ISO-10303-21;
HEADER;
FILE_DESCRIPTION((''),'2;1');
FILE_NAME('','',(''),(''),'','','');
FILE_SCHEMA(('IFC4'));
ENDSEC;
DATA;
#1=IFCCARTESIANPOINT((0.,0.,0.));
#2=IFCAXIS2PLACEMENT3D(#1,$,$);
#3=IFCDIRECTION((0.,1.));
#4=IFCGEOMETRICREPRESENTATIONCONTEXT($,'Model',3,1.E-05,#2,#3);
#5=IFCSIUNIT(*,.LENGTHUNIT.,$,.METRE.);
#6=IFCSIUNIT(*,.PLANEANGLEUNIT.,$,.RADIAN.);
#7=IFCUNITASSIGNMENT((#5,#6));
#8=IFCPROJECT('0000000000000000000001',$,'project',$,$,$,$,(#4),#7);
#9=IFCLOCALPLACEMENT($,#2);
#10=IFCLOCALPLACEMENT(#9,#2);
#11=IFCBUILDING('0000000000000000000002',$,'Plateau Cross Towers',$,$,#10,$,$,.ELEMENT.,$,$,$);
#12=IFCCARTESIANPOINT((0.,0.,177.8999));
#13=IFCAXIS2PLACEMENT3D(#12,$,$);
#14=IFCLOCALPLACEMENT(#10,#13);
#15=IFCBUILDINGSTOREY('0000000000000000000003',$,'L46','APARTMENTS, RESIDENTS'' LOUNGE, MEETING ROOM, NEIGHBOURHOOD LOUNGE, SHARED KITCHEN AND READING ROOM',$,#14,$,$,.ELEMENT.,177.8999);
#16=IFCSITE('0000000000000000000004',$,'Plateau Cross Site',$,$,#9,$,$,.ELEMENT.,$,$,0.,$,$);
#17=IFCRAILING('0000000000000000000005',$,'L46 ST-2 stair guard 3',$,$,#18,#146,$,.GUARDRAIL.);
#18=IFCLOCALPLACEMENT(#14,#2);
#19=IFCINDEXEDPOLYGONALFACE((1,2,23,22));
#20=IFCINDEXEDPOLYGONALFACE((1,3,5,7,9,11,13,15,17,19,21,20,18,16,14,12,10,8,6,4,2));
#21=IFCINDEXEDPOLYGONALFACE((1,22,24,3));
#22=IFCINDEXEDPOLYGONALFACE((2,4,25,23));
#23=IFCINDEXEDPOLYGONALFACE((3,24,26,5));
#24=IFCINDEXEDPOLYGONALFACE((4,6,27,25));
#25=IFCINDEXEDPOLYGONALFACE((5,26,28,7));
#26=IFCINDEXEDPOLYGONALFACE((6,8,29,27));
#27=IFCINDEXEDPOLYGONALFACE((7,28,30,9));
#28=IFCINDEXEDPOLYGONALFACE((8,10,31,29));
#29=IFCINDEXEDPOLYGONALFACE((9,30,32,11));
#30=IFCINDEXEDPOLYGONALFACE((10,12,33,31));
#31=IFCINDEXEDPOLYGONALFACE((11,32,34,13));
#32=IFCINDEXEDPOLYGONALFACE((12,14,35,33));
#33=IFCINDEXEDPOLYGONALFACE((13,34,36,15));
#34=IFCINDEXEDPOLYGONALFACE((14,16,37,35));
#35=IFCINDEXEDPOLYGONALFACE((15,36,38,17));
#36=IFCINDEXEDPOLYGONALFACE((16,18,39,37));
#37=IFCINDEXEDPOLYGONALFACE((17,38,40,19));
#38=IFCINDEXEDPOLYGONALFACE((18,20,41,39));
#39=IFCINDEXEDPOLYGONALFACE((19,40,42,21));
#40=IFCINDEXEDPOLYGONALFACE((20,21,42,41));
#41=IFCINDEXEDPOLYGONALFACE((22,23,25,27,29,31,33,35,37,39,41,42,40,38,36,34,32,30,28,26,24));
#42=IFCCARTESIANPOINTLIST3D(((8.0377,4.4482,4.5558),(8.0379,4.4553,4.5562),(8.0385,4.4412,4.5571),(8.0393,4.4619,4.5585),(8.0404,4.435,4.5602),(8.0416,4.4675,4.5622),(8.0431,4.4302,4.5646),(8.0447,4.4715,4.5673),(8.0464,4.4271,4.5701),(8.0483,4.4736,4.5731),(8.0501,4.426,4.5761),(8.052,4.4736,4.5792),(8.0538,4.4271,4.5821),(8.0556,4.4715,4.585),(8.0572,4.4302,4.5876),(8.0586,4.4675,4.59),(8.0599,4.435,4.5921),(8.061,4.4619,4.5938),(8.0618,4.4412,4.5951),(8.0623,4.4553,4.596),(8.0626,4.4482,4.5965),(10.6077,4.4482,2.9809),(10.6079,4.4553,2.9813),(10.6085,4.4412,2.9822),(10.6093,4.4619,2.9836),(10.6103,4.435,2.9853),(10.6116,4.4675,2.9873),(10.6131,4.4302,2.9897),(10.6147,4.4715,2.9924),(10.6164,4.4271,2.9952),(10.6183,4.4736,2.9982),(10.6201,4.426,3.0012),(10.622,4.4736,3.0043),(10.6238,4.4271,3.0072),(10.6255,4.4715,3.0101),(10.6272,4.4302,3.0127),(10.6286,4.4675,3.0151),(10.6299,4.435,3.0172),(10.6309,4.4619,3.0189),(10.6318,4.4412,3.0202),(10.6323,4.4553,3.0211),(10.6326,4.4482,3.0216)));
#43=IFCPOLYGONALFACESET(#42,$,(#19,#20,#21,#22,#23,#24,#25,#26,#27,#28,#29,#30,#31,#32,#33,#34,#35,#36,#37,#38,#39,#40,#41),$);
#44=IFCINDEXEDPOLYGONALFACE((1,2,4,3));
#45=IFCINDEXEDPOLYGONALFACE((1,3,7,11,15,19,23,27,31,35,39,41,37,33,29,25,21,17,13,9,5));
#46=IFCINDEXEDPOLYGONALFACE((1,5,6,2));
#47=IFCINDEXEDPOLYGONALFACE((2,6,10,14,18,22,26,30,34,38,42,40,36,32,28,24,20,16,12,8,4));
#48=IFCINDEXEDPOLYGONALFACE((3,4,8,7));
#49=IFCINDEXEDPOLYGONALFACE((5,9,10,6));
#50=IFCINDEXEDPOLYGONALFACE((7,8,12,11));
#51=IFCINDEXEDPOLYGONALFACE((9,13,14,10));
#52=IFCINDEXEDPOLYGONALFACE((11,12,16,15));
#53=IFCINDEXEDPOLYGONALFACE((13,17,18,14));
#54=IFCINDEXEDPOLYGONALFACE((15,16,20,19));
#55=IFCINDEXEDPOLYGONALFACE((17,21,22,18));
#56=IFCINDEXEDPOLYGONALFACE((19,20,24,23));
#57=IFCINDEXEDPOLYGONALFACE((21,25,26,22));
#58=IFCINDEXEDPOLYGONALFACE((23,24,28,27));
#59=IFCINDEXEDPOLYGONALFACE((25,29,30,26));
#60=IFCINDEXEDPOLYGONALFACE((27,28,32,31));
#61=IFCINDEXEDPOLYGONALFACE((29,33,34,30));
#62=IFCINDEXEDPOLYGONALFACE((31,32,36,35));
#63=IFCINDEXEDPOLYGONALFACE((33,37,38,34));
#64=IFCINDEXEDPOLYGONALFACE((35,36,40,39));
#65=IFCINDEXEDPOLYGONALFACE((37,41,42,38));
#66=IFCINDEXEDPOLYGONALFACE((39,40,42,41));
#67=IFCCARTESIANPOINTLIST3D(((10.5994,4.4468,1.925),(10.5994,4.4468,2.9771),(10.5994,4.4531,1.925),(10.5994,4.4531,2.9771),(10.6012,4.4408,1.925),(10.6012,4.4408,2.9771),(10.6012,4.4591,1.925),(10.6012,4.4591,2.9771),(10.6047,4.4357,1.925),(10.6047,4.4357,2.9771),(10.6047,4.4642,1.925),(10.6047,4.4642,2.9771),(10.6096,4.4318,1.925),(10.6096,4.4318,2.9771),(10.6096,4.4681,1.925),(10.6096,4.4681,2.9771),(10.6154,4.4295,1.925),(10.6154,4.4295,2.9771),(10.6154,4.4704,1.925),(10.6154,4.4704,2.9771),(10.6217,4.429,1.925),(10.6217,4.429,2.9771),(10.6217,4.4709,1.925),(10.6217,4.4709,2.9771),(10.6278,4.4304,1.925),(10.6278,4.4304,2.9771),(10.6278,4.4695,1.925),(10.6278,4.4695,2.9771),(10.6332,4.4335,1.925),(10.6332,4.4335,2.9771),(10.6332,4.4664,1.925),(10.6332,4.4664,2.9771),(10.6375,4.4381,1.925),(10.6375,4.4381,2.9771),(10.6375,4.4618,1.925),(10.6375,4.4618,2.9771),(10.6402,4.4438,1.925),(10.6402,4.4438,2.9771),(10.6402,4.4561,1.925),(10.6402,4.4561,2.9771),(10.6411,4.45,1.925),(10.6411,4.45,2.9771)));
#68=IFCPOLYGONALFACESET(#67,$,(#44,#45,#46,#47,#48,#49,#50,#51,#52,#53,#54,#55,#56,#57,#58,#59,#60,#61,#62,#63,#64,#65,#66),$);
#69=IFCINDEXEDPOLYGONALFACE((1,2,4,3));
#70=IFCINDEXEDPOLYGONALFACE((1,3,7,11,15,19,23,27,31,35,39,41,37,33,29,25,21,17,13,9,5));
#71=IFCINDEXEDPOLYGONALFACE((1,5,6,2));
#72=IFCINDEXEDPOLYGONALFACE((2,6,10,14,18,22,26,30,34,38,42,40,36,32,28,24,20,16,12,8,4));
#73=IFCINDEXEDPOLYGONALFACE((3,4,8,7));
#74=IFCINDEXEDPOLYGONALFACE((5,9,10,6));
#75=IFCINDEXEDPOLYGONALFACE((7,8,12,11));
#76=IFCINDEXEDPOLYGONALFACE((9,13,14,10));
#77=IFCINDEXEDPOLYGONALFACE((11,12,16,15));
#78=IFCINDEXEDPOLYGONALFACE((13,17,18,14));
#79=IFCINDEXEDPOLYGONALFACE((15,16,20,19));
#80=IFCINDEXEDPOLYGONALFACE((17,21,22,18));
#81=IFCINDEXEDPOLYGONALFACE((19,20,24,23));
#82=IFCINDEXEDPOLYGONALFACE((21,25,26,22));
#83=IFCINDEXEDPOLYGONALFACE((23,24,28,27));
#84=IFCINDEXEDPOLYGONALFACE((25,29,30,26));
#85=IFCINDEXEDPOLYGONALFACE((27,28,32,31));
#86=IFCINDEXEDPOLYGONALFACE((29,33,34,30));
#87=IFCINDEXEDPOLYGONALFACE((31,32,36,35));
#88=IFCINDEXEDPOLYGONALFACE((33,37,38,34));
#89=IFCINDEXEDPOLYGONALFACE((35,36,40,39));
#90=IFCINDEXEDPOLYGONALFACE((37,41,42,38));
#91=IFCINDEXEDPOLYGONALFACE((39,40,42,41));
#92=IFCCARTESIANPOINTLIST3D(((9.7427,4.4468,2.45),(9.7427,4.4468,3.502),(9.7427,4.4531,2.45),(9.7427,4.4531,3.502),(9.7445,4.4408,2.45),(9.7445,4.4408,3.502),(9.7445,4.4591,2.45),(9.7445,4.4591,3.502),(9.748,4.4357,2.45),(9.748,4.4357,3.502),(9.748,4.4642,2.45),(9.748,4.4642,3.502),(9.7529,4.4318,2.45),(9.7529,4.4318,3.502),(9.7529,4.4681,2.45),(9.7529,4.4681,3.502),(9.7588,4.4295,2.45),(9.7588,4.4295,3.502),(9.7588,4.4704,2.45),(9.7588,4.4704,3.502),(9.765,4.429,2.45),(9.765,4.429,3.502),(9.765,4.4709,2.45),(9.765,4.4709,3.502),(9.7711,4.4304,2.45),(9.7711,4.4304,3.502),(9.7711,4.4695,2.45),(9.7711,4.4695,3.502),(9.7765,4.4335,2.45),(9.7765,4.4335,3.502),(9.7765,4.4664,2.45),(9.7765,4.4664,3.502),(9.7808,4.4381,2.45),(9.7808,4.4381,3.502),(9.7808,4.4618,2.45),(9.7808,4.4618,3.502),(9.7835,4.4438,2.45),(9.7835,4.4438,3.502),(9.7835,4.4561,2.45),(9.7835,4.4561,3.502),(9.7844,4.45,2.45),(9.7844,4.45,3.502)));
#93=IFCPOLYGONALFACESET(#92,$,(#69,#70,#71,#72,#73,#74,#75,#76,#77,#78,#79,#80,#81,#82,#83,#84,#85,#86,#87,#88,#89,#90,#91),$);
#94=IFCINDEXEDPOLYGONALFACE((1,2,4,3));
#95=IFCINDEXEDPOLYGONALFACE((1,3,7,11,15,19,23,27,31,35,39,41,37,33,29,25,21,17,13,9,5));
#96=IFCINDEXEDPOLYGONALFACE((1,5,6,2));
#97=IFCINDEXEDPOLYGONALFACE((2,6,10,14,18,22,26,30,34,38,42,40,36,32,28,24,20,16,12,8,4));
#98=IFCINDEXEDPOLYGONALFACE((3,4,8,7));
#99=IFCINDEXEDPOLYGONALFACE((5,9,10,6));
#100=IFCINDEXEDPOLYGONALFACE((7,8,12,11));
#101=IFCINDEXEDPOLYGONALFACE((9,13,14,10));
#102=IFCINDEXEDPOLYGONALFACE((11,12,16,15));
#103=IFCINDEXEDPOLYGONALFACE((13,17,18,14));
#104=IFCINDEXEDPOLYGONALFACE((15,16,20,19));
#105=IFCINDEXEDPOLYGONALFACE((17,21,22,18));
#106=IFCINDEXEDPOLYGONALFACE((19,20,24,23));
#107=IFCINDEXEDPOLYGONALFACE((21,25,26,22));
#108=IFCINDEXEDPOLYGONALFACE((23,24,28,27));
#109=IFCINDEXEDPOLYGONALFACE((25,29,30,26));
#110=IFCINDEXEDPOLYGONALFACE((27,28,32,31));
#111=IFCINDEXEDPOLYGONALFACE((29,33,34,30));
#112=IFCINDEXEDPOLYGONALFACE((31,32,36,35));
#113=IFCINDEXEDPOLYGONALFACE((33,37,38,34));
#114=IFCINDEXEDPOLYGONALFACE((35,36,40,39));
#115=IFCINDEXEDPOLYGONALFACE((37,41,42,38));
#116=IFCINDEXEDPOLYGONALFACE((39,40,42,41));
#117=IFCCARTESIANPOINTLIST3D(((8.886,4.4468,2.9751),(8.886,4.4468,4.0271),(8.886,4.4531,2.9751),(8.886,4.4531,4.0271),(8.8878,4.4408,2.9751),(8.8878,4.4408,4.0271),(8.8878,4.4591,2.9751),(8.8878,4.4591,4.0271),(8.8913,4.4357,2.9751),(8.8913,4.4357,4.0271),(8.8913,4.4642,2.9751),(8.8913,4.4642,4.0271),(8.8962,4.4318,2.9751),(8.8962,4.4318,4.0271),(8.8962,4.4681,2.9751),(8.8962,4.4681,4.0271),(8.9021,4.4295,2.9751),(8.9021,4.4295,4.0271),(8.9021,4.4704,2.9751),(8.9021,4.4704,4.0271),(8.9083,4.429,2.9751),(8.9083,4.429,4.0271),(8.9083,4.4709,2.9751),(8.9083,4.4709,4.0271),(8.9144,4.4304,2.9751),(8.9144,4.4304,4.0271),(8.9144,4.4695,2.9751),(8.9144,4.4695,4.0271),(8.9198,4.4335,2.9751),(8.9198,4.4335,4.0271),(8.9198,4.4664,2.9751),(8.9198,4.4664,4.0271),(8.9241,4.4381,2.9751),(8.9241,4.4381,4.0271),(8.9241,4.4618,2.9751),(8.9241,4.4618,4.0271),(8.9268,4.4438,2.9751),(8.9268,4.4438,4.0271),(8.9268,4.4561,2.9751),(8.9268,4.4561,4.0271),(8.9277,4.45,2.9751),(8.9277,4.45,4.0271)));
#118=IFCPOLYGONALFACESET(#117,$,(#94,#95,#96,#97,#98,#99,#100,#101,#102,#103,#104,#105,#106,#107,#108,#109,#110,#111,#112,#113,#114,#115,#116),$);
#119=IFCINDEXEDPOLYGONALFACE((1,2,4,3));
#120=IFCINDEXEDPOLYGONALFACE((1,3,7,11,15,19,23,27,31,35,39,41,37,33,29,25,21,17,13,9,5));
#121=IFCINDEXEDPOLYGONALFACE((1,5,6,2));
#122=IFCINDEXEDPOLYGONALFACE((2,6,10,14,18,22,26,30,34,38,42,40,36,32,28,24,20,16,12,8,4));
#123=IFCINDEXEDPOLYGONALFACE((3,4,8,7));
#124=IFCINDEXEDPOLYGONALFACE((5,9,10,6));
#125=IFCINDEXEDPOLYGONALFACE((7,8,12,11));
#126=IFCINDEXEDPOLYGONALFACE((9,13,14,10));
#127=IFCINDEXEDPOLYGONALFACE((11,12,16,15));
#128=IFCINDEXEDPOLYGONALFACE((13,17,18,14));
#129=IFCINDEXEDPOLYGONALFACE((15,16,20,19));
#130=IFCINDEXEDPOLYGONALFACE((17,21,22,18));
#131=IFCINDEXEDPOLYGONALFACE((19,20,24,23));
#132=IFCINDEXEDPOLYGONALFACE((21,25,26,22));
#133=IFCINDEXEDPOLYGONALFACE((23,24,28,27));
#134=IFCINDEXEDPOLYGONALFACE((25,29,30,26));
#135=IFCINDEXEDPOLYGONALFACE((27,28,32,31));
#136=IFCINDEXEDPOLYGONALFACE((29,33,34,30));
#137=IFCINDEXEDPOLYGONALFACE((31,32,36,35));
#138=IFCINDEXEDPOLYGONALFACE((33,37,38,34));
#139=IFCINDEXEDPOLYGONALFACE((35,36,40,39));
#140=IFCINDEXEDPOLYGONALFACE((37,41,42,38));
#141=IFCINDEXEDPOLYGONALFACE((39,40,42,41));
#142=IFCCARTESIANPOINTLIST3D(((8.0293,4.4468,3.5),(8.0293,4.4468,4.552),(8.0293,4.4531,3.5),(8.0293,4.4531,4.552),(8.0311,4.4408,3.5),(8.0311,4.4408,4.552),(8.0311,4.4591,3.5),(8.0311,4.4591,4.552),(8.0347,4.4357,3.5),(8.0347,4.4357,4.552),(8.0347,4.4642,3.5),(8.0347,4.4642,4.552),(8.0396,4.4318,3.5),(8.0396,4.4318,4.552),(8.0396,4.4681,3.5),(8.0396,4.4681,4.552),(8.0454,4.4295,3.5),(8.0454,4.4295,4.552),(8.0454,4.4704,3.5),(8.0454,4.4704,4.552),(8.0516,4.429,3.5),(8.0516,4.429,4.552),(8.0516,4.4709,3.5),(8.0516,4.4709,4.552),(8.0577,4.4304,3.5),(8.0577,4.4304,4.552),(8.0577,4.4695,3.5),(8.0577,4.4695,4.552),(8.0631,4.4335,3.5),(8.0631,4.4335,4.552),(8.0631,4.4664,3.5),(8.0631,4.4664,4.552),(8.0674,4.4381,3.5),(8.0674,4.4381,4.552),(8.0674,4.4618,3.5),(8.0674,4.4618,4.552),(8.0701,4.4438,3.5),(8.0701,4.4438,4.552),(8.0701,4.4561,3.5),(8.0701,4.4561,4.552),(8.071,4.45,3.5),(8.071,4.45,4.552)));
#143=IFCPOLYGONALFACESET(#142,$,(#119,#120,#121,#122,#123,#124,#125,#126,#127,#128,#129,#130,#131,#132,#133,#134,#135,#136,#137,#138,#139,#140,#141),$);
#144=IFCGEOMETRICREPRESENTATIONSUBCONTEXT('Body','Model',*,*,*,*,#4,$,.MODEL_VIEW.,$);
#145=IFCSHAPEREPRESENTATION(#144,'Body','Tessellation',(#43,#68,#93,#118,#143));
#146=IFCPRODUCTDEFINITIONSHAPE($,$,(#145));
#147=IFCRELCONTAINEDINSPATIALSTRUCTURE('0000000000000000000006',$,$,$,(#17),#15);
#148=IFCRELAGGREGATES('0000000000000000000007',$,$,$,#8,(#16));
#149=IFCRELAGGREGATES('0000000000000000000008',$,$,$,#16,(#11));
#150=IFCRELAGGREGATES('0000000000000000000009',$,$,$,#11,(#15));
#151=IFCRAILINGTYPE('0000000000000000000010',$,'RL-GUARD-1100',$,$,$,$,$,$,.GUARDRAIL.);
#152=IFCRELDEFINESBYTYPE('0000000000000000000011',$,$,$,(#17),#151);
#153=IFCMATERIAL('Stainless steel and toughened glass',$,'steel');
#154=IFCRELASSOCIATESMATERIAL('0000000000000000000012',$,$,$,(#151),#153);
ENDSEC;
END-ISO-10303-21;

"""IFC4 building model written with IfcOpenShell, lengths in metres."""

from ifc_helpers import new_model, si_unit, direction, frame, origin, origin_2d, place, context, subcontext, project, spatial, circle, extrude, material, type_object, element, save


model = new_model("IFC4")

# Units and contexts
model_context = context("Model", 3, precision=1e-05, world=origin(), true_north=direction((0.0, 1.0)))
body_context = subcontext(model_context, "Body", "Model", "MODEL_VIEW")
ifc_project = project(units=[si_unit("LENGTHUNIT", "METRE"), si_unit("PLANEANGLEUNIT", "RADIAN")], contexts=[model_context])

# Site, building, storey
site_placement = place(None, origin())
site = spatial("IfcSite", under=ifc_project, at=site_placement, Name="Plateau Cross Site", CompositionType="ELEMENT", RefElevation=0.0)
building_placement = place(site_placement, origin())
building = spatial("IfcBuilding", under=site, at=building_placement, Name="Plateau Cross Towers", CompositionType="ELEMENT")
storey_placement = place(building_placement, frame((0.0, 0.0, 177.8999)))
storey = spatial("IfcBuildingStorey", under=building, at=storey_placement, Name="L46", Description="APARTMENTS, RESIDENTS' LOUNGE, MEETING ROOM, NEIGHBOURHOOD LOUNGE, SHARED KITCHEN AND READING ROOM", CompositionType="ELEMENT", Elevation=177.8999)

# Railing
ifc_material_1 = material(Name="Stainless steel and toughened glass", Category="steel")
railing_type_1 = type_object("IfcRailingType", Name="RL-GUARD-1100", PredefinedType="GUARDRAIL", material=ifc_material_1)
railing_1_placement = place(storey_placement, frame((10.6201, 4.45, 1.925)))
element("IfcRailing", 1, at=railing_1_placement, inside=storey, type_object=railing_type_1, Name="L46 ST-2 stair guard 3", PredefinedType="GUARDRAIL", context=body_context, shape_type="SweptSolid", body=[
    extrude(circle(Radius=0.0239, at=origin_2d()), frame((0.0, 0.0, 1.0762), z_axis=(-0.852639, 0.0, 0.522501), x_axis=(0.0, -1.0, 0.0)), (0.0, 0.0, 1.0), 3.0142),
    extrude(circle(Radius=0.021, at=origin_2d()), origin(), (0.0, 0.0, 1.0), 1.052),
    extrude(circle(Radius=0.021, at=origin_2d()), frame((-0.8567, 0.0, 0.5249)), (0.0, 0.0, 1.0), 1.052),
    extrude(circle(Radius=0.021, at=origin_2d()), frame((-1.7134, 0.0, 1.05)), (0.0, 0.0, 1.0), 1.052),
    extrude(circle(Radius=0.021, at=origin_2d()), frame((-2.5701, 0.0, 1.575)), (0.0, 0.0, 1.0), 1.052),
])

save(model, "model.ifc")
